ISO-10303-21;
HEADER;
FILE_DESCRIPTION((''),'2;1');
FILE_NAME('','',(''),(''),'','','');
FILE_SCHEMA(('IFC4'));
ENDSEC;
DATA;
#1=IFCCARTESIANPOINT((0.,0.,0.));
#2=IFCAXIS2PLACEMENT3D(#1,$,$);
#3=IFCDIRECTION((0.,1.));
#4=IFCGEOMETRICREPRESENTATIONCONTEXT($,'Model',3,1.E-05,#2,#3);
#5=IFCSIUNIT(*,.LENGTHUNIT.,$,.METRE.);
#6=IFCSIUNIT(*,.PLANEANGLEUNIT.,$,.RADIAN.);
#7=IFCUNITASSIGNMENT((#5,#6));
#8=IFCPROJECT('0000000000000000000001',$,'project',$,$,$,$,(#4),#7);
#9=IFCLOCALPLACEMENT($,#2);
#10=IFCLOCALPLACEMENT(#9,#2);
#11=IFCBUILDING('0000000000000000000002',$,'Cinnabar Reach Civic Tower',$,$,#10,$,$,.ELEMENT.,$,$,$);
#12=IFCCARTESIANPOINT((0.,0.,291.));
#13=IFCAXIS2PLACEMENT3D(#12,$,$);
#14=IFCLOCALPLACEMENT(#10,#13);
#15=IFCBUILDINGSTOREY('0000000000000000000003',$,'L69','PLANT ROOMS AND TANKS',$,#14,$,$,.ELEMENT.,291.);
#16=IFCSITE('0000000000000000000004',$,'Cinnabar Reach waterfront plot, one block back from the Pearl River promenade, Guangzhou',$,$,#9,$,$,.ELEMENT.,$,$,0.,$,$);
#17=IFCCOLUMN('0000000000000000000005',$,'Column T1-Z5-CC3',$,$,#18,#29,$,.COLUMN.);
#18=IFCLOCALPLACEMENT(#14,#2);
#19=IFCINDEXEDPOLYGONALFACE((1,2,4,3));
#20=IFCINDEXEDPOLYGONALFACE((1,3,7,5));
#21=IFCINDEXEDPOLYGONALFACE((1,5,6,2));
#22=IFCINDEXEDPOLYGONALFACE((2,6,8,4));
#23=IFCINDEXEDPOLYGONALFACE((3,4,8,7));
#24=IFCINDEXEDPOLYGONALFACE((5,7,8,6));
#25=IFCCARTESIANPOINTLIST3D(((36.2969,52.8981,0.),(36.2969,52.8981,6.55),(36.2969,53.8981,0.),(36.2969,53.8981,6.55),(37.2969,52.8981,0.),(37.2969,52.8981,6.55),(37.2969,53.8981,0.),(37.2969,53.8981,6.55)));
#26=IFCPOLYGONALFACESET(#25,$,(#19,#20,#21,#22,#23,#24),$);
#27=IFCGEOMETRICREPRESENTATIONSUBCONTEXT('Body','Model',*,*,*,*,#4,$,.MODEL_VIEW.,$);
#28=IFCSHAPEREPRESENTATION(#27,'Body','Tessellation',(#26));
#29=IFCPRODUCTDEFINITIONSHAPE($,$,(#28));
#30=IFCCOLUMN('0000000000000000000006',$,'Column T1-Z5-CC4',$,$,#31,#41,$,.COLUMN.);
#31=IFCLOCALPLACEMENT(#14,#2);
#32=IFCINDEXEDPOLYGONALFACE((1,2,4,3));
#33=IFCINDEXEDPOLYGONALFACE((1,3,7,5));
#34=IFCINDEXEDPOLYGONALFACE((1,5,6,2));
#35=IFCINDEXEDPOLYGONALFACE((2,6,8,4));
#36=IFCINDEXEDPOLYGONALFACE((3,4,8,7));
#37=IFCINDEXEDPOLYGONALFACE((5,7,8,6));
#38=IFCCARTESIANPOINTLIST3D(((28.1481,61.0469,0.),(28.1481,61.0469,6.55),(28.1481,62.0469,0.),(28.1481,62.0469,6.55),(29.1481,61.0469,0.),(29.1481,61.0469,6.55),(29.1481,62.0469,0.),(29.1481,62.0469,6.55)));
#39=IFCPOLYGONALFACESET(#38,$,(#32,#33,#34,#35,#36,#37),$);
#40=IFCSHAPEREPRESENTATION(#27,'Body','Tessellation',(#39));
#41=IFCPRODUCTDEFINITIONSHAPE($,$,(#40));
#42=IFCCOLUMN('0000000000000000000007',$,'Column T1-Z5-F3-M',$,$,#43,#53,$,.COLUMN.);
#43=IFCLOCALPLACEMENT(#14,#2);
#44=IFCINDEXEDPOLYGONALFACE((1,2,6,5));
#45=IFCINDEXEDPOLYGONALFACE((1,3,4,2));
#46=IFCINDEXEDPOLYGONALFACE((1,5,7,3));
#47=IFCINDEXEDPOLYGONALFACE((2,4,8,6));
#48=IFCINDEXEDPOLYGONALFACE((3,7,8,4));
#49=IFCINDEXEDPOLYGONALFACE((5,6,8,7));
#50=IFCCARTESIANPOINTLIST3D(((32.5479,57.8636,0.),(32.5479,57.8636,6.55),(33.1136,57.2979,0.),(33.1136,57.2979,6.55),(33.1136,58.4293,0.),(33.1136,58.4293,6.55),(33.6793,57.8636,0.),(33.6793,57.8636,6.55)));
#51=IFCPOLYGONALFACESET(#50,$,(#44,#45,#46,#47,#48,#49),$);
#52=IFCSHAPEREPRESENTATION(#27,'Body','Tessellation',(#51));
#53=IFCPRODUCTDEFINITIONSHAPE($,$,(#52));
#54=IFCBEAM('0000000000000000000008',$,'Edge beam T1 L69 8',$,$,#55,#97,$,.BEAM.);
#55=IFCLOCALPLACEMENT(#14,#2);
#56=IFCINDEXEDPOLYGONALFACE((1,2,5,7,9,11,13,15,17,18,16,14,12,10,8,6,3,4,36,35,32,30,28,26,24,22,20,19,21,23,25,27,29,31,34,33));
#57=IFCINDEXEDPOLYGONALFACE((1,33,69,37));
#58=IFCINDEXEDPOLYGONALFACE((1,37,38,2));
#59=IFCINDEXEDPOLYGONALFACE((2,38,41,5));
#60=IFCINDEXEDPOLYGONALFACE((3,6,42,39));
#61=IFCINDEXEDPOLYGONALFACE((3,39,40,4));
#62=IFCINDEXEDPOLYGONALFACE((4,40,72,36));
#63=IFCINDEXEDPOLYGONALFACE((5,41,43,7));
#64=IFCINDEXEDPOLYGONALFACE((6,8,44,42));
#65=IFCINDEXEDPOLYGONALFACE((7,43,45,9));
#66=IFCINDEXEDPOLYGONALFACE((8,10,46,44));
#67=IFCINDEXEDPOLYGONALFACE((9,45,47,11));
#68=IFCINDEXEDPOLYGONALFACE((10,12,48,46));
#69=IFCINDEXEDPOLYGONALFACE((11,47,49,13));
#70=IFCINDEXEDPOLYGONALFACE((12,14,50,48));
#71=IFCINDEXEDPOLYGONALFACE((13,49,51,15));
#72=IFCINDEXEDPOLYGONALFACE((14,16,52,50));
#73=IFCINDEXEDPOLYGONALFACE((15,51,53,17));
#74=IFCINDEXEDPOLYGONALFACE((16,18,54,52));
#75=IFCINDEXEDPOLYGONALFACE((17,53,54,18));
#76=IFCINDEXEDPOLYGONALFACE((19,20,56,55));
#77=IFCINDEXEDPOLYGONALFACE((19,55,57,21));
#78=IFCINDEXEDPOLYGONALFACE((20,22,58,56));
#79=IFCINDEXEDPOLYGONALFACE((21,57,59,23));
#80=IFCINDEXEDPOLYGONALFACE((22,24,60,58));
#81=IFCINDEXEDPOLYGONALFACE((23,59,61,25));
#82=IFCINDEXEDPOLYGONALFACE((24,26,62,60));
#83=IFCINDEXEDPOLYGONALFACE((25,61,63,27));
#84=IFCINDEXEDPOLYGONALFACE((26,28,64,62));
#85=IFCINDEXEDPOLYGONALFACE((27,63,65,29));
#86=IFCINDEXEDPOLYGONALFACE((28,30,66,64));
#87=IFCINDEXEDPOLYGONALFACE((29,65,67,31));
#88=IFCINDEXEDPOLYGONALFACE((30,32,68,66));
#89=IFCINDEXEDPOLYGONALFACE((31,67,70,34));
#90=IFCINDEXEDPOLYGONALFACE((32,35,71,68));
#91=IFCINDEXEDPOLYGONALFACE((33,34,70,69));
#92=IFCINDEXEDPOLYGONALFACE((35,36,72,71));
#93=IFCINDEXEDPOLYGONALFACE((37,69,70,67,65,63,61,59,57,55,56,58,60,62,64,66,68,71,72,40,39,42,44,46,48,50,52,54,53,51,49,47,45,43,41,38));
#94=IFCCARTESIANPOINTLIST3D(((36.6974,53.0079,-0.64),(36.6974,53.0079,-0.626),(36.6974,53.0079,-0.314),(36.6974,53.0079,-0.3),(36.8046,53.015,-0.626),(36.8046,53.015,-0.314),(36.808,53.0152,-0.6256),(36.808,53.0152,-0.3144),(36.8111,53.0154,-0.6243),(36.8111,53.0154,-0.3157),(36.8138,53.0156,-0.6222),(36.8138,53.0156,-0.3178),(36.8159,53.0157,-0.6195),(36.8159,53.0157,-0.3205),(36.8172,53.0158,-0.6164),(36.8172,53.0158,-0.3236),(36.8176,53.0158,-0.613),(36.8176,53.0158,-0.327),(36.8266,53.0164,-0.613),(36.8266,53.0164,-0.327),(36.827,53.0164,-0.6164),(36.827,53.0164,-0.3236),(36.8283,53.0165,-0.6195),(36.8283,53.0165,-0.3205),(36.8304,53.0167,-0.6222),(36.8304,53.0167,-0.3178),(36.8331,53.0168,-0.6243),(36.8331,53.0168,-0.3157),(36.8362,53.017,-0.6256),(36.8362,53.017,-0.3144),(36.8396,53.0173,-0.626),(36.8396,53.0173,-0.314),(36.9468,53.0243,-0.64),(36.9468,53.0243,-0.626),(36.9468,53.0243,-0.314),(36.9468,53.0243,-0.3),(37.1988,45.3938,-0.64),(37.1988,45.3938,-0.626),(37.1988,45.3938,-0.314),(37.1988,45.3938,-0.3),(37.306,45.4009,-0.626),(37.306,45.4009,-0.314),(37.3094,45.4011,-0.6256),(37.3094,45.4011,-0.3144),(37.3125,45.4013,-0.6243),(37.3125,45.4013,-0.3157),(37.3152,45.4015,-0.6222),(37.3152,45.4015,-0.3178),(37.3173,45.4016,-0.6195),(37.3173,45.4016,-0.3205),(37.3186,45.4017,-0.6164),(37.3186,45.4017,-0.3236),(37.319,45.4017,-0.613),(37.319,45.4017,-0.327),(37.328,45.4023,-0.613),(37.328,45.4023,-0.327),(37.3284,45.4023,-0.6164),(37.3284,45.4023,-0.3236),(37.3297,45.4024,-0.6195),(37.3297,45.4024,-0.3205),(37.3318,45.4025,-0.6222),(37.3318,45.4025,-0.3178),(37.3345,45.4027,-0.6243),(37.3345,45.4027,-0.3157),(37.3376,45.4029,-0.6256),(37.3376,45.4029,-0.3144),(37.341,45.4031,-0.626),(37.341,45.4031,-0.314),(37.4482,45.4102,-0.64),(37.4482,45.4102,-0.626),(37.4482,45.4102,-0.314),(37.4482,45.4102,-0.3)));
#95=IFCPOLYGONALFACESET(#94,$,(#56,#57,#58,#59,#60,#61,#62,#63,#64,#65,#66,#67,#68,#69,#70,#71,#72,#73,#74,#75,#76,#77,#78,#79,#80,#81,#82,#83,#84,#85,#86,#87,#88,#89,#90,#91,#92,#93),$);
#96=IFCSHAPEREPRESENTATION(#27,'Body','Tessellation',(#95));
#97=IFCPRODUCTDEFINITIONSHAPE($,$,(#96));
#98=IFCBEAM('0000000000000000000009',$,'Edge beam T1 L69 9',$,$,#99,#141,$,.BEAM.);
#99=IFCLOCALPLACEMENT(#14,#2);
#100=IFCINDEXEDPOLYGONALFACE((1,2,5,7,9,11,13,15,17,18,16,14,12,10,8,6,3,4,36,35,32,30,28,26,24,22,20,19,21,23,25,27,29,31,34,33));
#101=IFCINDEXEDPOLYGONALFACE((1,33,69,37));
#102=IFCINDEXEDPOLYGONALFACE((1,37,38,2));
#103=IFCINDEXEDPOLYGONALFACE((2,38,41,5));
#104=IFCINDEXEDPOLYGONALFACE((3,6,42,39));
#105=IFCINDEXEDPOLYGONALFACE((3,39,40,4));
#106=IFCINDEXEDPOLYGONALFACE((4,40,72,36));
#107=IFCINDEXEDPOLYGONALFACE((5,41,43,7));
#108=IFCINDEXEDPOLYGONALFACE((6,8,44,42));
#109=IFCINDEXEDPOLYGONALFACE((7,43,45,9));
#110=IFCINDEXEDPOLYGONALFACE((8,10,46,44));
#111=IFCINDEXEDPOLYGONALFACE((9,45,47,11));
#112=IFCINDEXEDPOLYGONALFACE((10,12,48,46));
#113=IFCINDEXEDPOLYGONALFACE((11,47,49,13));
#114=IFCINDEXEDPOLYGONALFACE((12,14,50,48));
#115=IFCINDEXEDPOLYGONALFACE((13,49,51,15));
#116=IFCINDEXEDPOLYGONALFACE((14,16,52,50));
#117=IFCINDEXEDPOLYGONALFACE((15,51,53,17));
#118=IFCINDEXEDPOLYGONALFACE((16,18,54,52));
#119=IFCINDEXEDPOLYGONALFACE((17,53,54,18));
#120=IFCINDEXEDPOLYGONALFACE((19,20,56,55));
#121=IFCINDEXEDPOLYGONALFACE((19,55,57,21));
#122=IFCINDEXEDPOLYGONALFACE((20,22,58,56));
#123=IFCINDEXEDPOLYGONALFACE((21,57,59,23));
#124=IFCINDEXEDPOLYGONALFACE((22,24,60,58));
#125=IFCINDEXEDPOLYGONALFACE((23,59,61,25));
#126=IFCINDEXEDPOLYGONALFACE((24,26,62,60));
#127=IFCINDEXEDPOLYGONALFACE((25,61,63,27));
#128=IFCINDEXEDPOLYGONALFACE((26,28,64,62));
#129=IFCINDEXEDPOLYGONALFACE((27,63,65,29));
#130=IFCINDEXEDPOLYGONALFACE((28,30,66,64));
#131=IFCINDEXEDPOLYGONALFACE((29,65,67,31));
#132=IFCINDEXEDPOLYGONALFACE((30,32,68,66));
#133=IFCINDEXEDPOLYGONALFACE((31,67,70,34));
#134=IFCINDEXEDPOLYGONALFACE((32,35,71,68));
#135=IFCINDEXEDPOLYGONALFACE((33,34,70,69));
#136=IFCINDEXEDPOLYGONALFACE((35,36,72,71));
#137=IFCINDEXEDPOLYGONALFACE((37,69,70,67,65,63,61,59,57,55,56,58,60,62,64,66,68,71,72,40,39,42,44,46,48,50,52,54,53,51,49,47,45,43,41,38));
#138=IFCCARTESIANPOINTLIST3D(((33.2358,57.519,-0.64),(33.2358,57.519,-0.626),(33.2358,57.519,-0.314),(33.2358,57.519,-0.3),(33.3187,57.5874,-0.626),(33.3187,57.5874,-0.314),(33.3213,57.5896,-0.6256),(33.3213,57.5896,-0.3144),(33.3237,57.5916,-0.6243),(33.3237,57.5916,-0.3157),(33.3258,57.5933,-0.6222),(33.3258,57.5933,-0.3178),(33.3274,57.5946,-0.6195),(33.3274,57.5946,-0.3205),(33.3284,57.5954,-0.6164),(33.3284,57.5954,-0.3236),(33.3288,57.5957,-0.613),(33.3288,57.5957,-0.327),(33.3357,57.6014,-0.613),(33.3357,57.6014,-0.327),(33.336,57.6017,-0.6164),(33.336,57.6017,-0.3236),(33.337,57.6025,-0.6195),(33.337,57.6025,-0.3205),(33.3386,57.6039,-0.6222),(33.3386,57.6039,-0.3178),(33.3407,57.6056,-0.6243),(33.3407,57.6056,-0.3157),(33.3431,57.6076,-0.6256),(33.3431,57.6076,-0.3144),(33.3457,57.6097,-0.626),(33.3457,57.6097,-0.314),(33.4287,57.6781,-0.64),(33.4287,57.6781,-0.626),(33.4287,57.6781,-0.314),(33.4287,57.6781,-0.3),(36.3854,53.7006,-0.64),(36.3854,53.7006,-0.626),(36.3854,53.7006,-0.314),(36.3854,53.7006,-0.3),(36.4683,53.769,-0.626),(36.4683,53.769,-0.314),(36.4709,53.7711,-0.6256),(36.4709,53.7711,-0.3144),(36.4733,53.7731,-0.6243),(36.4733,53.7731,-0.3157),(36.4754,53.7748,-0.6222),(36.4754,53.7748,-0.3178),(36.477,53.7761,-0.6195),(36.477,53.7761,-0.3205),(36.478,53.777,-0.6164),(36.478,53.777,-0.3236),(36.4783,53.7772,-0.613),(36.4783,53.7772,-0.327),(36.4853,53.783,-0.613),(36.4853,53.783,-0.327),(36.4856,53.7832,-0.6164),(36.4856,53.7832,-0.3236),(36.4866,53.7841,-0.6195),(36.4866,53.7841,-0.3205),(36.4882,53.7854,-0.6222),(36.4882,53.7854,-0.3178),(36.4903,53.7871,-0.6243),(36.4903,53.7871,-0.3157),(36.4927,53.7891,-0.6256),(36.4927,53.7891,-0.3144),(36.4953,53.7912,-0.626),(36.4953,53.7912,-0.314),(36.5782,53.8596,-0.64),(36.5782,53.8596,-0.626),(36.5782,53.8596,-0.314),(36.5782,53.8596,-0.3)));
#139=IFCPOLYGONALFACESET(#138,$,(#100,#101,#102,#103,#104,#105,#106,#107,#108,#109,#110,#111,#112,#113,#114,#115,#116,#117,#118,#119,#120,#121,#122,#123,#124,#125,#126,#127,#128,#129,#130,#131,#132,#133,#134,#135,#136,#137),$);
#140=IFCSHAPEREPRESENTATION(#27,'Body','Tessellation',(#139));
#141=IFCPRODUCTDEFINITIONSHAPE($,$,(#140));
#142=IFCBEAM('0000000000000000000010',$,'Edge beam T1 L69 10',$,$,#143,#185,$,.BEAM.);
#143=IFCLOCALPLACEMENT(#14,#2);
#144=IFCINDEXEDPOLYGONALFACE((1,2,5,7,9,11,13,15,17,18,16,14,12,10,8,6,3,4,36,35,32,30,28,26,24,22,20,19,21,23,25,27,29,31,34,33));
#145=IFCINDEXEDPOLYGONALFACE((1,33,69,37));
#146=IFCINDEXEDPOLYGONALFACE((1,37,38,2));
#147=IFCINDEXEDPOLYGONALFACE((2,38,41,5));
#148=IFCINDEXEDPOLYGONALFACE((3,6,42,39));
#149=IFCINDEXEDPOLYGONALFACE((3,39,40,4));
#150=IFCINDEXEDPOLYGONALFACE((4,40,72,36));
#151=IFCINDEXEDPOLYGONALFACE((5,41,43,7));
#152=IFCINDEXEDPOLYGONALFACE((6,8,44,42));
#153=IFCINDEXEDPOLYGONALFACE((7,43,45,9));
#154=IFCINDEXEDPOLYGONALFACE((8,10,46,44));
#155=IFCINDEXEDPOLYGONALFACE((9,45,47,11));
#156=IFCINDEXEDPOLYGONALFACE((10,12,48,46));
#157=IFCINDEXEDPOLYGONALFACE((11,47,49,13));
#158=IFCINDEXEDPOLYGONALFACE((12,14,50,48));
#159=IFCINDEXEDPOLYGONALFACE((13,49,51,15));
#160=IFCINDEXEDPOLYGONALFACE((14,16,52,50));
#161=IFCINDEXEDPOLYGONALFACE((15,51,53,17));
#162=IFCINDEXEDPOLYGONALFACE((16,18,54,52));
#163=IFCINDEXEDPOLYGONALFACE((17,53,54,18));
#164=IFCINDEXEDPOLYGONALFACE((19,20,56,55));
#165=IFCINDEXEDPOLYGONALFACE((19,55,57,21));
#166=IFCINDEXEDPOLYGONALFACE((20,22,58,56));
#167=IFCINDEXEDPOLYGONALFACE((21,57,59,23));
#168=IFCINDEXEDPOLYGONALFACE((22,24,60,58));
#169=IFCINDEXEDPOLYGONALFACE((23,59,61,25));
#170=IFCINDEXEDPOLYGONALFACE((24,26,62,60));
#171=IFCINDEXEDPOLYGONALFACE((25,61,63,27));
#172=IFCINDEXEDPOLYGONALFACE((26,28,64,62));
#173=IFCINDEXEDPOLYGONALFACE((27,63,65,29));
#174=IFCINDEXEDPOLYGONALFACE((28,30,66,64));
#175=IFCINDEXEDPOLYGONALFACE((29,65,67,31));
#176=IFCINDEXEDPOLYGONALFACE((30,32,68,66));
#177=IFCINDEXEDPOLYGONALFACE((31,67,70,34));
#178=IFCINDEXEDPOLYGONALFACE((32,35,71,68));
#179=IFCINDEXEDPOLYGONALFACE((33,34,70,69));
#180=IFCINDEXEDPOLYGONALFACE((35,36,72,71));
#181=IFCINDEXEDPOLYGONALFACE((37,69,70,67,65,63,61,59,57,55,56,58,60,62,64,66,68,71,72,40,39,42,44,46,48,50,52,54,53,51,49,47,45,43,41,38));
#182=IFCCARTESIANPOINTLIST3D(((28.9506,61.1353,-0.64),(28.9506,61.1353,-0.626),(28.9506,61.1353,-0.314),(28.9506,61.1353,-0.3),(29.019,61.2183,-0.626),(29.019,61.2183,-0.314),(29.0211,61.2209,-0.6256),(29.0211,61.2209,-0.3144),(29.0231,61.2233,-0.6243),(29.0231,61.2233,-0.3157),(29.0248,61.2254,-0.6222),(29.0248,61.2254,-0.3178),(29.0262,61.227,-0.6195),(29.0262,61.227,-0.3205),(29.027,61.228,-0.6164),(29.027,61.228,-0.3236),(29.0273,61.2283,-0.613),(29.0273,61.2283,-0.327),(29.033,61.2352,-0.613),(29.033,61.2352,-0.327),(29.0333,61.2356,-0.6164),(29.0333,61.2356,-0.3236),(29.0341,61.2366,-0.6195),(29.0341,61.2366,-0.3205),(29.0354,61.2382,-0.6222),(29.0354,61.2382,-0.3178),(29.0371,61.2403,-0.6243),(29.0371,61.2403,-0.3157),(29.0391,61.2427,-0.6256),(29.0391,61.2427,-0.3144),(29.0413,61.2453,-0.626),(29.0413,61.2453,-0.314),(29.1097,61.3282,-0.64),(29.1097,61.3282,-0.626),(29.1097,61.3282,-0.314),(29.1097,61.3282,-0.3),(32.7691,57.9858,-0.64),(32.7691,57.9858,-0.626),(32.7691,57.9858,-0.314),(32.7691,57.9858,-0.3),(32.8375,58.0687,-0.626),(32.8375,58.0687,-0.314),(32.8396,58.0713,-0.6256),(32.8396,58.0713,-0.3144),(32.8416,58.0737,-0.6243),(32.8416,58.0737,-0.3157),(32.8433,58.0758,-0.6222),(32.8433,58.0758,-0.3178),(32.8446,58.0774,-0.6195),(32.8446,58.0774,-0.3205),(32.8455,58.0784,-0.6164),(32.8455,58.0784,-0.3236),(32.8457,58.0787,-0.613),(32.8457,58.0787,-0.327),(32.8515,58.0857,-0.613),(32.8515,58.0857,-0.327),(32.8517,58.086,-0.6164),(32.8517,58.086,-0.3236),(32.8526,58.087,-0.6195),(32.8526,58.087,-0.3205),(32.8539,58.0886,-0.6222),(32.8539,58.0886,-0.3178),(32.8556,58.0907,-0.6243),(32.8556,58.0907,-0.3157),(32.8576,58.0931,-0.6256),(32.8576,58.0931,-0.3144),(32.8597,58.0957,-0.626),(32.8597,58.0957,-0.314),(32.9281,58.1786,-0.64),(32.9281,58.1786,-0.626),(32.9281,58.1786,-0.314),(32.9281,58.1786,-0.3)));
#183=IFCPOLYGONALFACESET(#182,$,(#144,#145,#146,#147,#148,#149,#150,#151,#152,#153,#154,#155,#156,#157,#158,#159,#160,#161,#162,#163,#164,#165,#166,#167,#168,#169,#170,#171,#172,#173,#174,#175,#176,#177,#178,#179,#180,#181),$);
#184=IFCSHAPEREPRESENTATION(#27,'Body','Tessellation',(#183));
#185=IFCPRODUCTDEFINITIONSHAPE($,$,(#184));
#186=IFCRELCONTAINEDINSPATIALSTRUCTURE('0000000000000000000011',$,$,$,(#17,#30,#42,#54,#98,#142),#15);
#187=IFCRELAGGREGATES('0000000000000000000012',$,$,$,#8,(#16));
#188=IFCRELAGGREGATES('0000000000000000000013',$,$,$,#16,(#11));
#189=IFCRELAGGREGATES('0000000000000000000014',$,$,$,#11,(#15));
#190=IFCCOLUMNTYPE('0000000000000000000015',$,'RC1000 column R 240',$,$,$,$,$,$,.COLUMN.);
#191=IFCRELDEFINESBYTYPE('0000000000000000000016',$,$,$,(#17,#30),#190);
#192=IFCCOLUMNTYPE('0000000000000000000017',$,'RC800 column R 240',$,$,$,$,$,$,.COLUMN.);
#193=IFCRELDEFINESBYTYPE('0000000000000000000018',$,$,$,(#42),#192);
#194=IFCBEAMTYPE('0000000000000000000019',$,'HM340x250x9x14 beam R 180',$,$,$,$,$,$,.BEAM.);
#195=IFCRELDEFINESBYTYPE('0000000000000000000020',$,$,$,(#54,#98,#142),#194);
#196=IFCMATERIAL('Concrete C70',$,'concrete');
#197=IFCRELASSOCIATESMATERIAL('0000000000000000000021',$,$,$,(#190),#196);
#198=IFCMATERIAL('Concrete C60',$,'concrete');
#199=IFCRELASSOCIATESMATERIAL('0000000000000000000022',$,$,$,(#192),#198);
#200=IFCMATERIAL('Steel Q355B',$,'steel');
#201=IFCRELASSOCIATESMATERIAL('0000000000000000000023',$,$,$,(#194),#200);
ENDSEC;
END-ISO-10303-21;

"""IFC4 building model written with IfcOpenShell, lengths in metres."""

from ifc_helpers import new_model, si_unit, direction, frame, origin, origin_2d, place, context, subcontext, project, spatial, rectangle, i_section, extrude, material, material_profile, profile_set, type_object, element, save


model = new_model("IFC4")

# Units and contexts
model_context = context("Model", 3, precision=1e-05, world=origin(), true_north=direction((0.0, 1.0)))
body_context = subcontext(model_context, "Body", "Model", "MODEL_VIEW")
ifc_project = project(units=[si_unit("LENGTHUNIT", "METRE"), si_unit("PLANEANGLEUNIT", "RADIAN")], contexts=[model_context])

# Site, building, storey
site_placement = place(None, origin())
site = spatial("IfcSite", under=ifc_project, at=site_placement, Name="Cinnabar Reach waterfront plot, one block back from the Pearl River promenade, Guangzhou", CompositionType="ELEMENT", RefElevation=0.0)
building_placement = place(site_placement, origin())
building = spatial("IfcBuilding", under=site, at=building_placement, Name="Cinnabar Reach Civic Tower", CompositionType="ELEMENT")
storey_placement = place(building_placement, frame((0.0, 0.0, 291.0)))
storey = spatial("IfcBuildingStorey", under=building, at=storey_placement, Name="L69", Description="PLANT ROOMS AND TANKS", CompositionType="ELEMENT", Elevation=291.0)

# Columns
ifc_material_1 = material(Name="Concrete C70", Category="concrete")
ifc_material_profile_1 = material_profile(ifc_material_1, rectangle(XDim=1.0, YDim=1.0, at=origin_2d()), Name="RC1000")
ifc_profile_set_1 = profile_set([ifc_material_profile_1], Name="Concrete C70")
column_type_1 = type_object("IfcColumnType", Name="RC1000 column R 240", PredefinedType="COLUMN", material=ifc_profile_set_1)
for number, where, z_axis, x_axis, name in (
    (1, (36.7969, 53.3981, 0.0), (0.0, 0.0, 1.0), (1.0, 0.0, 0.0), "Column T1-Z5-CC3"),
    (2, (28.6481, 61.5469, 0.0), (0.0, 0.0, 1.0), (1.0, 0.0, 0.0), "Column T1-Z5-CC4"),
):
    element("IfcColumn", number, at=place(storey_placement, frame(where, z_axis=z_axis, x_axis=x_axis)), inside=storey, type_object=column_type_1, Name=name, PredefinedType="COLUMN", context=body_context, shape_type="SweptSolid", body=[
        extrude(rectangle(XDim=1.0, YDim=1.0, at=origin_2d()), origin(), (0.0, 0.0, 1.0), 6.55),
    ])
ifc_material_2 = material(Name="Concrete C60", Category="concrete")
ifc_material_profile_2 = material_profile(ifc_material_2, rectangle(XDim=0.8, YDim=0.8, at=origin_2d()), Name="RC800")
ifc_profile_set_2 = profile_set([ifc_material_profile_2], Name="Concrete C60")
column_type_2 = type_object("IfcColumnType", Name="RC800 column R 240", PredefinedType="COLUMN", material=ifc_profile_set_2)
column_placement = place(storey_placement, frame((33.1136, 57.8636, 0.0), z_axis=(0.0, 0.0, 1.0), x_axis=(0.707107, 0.707107, 0.0)))
element("IfcColumn", 3, at=column_placement, inside=storey, type_object=column_type_2, Name="Column T1-Z5-F3-M", PredefinedType="COLUMN", context=body_context, shape_type="SweptSolid", body=[
    extrude(rectangle(XDim=0.8, YDim=0.8, at=origin_2d()), origin(), (0.0, 0.0, 1.0), 6.55),
])

# Beams
ifc_material_3 = material(Name="Steel Q355B", Category="steel")
ifc_material_profile_3 = material_profile(ifc_material_3, i_section(OverallWidth=0.25, OverallDepth=0.34, WebThickness=0.009, FlangeThickness=0.014, FilletRadius=0.013, at=origin_2d()), Name="HM340x250x9x14")
ifc_profile_set_3 = profile_set([ifc_material_profile_3], Name="Steel Q355B")
beam_type_1 = type_object("IfcBeamType", Name="HM340x250x9x14 beam R 180", PredefinedType="BEAM", material=ifc_profile_set_3)
beam_1_placement = place(storey_placement, frame((37.3235, 45.402, -0.47), z_axis=(-0.065709, 0.997839, 0.0), x_axis=(-0.997839, -0.065709, 0.0)))
element("IfcBeam", 4, at=beam_1_placement, inside=storey, type_object=beam_type_1, Name="Edge beam T1 L69 8", PredefinedType="BEAM", context=body_context, shape_type="SweptSolid", body=[
    extrude(i_section(OverallWidth=0.25, OverallDepth=0.34, WebThickness=0.009, FlangeThickness=0.014, FilletRadius=0.013, at=origin_2d()), origin(), (0.0, 0.0, 1.0), 7.6306),
])
for number, where, z_axis, x_axis, name in (
    (5, (36.4818, 53.7801, -0.47), (-0.636303, 0.771439, 0.0), (-0.771439, -0.636303, 0.0), "Edge beam T1 L69 9"),
    (6, (32.8486, 58.0822, -0.47), (-0.771439, 0.636303, 0.0), (-0.636303, -0.771439, 0.0), "Edge beam T1 L69 10"),
):
    element("IfcBeam", number, at=place(storey_placement, frame(where, z_axis=z_axis, x_axis=x_axis)), inside=storey, type_object=beam_type_1, Name=name, PredefinedType="BEAM", context=body_context, shape_type="SweptSolid", body=[
        extrude(i_section(OverallWidth=0.25, OverallDepth=0.34, WebThickness=0.009, FlangeThickness=0.014, FilletRadius=0.013, at=origin_2d()), origin(), (0.0, 0.0, 1.0), 4.9498),
    ])

save(model, "model.ifc")
